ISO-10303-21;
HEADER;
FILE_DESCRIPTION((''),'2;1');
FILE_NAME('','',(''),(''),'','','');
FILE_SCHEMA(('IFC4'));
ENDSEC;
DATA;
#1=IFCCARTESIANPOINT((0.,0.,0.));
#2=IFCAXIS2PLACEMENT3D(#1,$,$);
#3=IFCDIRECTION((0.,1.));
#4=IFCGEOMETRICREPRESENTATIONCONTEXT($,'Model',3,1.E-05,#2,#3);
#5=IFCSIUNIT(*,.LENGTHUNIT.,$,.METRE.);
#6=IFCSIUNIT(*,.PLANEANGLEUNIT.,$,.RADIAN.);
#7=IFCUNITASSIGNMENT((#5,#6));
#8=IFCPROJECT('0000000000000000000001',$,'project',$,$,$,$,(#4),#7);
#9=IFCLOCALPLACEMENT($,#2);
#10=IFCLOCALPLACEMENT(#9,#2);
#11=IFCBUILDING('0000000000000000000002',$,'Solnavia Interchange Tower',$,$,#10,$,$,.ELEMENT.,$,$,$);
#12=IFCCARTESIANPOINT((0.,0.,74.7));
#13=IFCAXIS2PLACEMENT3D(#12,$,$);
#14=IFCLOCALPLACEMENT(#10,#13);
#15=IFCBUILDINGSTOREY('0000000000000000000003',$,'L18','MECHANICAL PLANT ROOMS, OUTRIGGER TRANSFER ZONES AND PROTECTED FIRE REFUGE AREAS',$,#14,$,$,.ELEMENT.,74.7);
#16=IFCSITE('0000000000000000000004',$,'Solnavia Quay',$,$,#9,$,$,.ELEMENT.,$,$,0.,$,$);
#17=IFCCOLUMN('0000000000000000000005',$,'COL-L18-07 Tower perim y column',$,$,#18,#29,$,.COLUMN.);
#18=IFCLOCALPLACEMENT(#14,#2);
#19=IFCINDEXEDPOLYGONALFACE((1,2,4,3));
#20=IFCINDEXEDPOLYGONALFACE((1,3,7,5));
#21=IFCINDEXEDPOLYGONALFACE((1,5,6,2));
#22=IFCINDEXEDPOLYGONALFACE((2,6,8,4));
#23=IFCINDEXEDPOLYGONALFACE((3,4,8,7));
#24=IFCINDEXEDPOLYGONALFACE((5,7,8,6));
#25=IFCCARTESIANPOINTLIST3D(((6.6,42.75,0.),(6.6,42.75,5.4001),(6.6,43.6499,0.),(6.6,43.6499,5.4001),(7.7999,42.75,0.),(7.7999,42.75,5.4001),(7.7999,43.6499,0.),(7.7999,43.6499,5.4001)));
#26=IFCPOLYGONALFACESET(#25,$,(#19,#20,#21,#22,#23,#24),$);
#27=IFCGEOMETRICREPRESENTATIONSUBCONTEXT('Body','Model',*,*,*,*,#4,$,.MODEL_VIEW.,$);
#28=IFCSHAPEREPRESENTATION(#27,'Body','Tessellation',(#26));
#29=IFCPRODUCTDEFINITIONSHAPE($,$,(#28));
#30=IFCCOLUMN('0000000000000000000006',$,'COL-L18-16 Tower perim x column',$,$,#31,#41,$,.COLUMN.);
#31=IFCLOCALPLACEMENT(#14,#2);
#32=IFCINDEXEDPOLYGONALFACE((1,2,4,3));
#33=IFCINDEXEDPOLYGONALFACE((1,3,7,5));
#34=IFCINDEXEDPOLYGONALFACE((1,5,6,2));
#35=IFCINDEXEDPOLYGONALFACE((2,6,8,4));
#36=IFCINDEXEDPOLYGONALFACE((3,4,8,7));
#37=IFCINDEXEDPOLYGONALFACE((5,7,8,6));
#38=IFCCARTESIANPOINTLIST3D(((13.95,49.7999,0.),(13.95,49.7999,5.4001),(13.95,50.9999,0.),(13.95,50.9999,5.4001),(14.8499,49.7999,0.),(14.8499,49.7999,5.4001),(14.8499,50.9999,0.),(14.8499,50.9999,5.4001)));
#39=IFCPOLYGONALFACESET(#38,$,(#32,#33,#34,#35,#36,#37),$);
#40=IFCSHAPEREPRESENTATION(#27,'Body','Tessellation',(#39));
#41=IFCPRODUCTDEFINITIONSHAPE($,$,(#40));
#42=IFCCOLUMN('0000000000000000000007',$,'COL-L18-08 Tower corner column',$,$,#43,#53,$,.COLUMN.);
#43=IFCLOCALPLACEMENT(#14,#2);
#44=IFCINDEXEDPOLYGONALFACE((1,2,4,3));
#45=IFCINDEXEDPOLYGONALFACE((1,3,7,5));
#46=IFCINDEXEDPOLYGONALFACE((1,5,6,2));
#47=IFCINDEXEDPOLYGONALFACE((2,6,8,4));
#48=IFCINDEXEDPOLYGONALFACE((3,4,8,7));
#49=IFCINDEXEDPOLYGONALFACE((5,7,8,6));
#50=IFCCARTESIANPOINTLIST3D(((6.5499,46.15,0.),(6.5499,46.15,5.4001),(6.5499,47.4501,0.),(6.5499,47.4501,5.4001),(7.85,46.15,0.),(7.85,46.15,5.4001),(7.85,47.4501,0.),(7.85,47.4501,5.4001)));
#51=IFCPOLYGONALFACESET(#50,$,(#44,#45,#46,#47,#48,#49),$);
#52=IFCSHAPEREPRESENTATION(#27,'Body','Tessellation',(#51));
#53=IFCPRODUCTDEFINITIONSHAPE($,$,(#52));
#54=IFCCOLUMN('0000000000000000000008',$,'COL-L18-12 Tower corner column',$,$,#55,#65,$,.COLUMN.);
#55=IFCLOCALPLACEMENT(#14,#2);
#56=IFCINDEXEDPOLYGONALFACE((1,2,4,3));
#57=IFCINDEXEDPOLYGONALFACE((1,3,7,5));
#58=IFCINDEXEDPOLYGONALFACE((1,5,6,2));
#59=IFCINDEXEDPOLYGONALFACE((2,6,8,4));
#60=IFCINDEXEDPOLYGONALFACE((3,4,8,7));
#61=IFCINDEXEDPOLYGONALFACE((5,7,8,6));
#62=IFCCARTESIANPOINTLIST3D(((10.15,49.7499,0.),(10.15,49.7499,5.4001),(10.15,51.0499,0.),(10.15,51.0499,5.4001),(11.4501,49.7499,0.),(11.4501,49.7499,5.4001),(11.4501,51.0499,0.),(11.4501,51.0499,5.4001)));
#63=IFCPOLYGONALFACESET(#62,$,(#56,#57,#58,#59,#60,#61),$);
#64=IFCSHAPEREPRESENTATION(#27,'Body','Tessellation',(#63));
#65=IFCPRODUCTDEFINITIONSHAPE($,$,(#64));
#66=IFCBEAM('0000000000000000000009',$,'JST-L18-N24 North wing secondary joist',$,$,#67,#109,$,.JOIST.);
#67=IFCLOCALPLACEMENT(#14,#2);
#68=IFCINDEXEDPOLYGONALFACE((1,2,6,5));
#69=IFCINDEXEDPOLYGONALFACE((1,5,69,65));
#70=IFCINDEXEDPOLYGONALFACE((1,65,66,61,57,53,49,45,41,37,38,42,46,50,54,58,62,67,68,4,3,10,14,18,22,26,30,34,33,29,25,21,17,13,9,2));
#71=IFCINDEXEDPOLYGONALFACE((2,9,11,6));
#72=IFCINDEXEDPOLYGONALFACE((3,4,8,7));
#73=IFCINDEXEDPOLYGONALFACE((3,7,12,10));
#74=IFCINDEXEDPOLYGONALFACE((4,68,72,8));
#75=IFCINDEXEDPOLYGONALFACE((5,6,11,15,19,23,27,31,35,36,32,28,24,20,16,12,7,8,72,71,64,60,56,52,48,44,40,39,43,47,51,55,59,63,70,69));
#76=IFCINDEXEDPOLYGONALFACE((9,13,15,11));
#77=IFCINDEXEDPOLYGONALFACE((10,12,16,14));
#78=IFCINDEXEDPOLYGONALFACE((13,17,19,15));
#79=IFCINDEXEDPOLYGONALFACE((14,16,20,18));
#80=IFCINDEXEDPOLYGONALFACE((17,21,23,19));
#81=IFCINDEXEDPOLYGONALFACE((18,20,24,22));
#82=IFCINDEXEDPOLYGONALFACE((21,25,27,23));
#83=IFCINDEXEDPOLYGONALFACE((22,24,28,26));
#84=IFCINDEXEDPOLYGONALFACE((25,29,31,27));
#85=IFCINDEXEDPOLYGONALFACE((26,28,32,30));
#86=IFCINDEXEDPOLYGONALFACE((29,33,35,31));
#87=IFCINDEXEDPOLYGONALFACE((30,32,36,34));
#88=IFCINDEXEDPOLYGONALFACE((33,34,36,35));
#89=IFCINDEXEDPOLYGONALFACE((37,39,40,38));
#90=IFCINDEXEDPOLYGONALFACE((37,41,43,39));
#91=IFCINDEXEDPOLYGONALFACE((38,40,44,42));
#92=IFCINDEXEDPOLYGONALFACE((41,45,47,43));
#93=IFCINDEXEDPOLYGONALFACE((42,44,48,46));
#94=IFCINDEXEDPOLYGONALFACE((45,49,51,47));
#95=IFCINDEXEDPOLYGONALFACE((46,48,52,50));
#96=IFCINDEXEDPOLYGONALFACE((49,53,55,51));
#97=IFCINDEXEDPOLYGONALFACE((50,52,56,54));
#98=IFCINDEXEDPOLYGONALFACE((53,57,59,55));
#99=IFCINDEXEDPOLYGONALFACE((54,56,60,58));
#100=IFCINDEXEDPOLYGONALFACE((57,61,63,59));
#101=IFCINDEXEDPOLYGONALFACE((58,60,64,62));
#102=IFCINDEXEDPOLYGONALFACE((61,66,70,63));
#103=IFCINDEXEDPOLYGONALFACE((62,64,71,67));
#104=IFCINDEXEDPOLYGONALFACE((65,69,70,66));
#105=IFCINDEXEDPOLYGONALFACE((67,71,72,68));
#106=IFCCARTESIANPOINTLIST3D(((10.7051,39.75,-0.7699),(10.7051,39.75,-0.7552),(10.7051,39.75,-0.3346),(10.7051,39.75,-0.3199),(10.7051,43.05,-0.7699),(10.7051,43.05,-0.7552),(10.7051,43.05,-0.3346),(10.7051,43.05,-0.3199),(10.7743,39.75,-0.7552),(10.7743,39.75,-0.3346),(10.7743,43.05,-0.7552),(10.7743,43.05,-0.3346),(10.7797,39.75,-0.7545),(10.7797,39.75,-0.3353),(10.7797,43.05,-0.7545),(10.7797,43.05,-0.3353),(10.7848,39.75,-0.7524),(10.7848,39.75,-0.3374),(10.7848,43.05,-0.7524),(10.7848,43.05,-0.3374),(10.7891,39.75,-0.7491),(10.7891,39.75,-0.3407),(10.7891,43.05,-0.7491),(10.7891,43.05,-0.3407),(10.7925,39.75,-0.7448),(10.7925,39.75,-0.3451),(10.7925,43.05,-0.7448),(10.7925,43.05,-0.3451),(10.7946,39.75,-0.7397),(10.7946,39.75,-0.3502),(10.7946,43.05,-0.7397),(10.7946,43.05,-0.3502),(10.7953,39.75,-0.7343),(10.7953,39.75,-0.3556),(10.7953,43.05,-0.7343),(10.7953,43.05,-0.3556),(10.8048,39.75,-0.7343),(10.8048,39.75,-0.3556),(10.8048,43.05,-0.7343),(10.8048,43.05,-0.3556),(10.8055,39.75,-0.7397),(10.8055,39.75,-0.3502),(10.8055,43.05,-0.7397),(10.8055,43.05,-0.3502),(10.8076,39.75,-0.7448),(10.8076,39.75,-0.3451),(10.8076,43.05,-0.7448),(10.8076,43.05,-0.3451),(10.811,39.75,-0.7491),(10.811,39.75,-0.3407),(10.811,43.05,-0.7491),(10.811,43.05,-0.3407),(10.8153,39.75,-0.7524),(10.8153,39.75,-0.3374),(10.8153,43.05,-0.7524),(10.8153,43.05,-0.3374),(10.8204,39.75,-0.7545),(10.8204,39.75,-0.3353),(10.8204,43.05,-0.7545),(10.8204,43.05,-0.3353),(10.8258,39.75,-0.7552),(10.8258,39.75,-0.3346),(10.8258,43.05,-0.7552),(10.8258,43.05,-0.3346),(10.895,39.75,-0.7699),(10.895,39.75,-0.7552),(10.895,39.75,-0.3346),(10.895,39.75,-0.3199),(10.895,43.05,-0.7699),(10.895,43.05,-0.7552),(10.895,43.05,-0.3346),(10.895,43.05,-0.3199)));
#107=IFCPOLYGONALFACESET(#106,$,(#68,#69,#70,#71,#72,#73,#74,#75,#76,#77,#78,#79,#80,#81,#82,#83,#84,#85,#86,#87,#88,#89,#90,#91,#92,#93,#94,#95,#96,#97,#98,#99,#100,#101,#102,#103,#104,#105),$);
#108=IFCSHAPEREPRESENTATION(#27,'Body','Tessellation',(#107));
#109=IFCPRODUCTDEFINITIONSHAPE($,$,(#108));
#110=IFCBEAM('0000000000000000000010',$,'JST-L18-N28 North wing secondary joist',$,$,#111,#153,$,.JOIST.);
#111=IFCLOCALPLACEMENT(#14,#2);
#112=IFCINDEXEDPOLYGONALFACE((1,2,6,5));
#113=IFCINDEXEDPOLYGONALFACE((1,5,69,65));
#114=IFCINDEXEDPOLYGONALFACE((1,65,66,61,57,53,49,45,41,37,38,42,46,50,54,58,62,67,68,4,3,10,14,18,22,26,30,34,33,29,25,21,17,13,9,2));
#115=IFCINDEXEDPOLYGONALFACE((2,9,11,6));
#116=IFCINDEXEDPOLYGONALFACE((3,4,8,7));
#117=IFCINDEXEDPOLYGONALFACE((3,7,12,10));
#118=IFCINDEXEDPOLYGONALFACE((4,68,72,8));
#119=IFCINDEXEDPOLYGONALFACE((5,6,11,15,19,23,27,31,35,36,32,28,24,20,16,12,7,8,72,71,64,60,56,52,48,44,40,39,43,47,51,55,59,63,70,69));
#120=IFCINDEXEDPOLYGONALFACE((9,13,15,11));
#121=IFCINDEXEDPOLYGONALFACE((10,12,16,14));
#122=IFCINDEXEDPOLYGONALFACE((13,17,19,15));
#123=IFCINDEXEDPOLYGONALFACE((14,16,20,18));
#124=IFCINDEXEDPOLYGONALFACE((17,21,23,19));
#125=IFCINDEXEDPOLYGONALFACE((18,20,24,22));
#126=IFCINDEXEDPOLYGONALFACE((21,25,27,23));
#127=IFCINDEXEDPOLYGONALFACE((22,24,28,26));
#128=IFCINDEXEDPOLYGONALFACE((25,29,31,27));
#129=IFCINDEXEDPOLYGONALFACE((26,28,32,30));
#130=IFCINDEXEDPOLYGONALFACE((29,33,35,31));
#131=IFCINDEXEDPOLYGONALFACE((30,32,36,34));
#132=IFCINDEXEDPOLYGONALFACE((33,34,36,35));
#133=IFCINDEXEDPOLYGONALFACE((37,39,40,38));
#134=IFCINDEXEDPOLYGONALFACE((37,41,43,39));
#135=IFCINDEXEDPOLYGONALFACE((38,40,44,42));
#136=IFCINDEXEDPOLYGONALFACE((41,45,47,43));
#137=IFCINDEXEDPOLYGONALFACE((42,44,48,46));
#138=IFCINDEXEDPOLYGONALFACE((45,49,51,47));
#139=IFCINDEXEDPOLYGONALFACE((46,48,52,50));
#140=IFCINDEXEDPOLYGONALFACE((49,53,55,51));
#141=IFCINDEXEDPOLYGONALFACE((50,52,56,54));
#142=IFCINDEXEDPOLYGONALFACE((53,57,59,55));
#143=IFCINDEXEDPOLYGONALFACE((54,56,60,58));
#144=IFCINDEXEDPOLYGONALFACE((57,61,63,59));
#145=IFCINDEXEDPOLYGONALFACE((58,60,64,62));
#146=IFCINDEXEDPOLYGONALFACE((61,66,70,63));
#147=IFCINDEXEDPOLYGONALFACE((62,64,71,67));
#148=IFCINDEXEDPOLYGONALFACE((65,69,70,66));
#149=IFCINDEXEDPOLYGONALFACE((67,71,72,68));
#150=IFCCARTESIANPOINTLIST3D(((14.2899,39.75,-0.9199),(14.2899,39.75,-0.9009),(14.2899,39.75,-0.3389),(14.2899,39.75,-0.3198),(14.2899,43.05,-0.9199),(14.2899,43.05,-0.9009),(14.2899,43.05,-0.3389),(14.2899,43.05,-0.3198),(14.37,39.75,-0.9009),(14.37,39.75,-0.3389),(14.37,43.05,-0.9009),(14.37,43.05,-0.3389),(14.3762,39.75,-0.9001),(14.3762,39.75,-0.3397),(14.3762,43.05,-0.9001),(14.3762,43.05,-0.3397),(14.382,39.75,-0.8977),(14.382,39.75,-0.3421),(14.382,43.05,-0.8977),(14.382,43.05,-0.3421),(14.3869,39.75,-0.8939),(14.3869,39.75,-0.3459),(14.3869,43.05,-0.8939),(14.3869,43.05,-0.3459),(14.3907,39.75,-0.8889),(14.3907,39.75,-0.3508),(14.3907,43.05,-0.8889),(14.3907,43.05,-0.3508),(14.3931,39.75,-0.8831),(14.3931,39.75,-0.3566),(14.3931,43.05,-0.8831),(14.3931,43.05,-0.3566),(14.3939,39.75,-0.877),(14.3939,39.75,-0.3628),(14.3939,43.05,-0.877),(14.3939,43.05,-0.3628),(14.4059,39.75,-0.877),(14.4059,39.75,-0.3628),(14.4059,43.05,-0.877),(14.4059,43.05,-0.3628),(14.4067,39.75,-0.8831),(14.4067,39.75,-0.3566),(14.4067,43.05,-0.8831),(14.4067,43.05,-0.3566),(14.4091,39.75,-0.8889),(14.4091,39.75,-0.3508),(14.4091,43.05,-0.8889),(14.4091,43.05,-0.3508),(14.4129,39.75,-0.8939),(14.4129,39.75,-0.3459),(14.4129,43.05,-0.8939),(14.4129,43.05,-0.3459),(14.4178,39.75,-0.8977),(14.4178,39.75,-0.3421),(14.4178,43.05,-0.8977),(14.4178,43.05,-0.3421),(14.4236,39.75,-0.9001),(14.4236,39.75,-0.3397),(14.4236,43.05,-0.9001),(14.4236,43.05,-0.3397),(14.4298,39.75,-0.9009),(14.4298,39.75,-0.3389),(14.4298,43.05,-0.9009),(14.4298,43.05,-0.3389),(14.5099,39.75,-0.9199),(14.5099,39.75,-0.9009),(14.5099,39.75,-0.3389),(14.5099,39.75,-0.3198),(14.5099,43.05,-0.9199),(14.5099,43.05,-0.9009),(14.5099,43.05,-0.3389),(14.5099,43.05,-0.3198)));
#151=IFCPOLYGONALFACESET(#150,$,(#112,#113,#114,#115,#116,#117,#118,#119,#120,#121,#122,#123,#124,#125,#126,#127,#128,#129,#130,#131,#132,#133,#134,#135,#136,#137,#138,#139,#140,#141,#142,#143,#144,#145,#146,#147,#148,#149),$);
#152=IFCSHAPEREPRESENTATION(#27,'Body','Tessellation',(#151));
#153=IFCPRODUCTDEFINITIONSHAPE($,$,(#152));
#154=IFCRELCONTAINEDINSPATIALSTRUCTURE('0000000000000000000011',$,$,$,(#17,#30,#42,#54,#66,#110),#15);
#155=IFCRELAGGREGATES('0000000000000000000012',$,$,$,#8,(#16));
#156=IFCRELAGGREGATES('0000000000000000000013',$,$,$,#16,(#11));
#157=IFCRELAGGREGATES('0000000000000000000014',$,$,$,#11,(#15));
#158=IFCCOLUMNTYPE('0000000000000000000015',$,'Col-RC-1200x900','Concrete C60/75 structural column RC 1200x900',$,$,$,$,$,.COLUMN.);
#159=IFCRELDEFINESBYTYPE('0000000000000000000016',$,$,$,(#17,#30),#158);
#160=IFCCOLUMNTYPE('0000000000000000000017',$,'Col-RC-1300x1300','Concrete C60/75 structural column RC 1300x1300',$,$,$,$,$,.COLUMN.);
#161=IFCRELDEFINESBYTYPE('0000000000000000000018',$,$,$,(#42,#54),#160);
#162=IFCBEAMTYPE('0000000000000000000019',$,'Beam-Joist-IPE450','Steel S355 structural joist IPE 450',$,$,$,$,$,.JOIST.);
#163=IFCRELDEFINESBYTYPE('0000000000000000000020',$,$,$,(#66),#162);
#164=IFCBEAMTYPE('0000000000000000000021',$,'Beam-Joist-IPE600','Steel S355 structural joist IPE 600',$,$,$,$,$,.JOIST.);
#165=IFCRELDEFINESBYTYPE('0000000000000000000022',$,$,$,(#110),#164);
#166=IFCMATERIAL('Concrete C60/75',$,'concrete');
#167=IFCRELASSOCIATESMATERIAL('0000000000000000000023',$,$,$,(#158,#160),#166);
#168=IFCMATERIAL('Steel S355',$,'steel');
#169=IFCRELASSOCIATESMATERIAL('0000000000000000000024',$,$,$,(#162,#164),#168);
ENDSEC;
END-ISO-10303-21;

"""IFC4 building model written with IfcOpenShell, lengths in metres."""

from ifc_helpers import new_model, si_unit, direction, frame, origin, origin_2d, place, context, subcontext, project, spatial, rectangle, i_section, extrude, material, material_profile, profile_set, type_object, element, save


model = new_model("IFC4")

# Units and contexts
model_context = context("Model", 3, precision=1e-05, world=origin(), true_north=direction((0.0, 1.0)))
body_context = subcontext(model_context, "Body", "Model", "MODEL_VIEW")
ifc_project = project(units=[si_unit("LENGTHUNIT", "METRE"), si_unit("PLANEANGLEUNIT", "RADIAN")], contexts=[model_context])

# Site, building, storey
site_placement = place(None, origin())
site = spatial("IfcSite", under=ifc_project, at=site_placement, Name="Solnavia Quay", CompositionType="ELEMENT", RefElevation=0.0)
building_placement = place(site_placement, origin())
building = spatial("IfcBuilding", under=site, at=building_placement, Name="Solnavia Interchange Tower", CompositionType="ELEMENT")
storey_placement = place(building_placement, frame((0.0, 0.0, 74.7)))
storey = spatial("IfcBuildingStorey", under=building, at=storey_placement, Name="L18", Description="MECHANICAL PLANT ROOMS, OUTRIGGER TRANSFER ZONES AND PROTECTED FIRE REFUGE AREAS", CompositionType="ELEMENT", Elevation=74.7)

# Columns
ifc_material_1 = material(Name="Concrete C60/75", Category="concrete")
ifc_material_profile_1 = material_profile(ifc_material_1, rectangle(XDim=0.8999, YDim=1.2, at=origin_2d()), Name="RC 1200x900")
ifc_profile_set_1 = profile_set([ifc_material_profile_1], Name="Concrete C60/75")
column_type_1 = type_object("IfcColumnType", Name="Col-RC-1200x900", Description="Concrete C60/75 structural column RC 1200x900", PredefinedType="COLUMN", material=ifc_profile_set_1)
for number, where, z_axis, x_axis, name in (
    (1, (7.2, 43.2, 0.0), (0.0, 0.0, 1.0), (0.0, 1.0, 0.0), "COL-L18-07 Tower perim y column"),
    (2, (14.3999, 50.3999, 0.0), (0.0, 0.0, 1.0), (1.0, 0.0, 0.0), "COL-L18-16 Tower perim x column"),
):
    element("IfcColumn", number, at=place(storey_placement, frame(where, z_axis=z_axis, x_axis=x_axis)), inside=storey, type_object=column_type_1, Name=name, PredefinedType="COLUMN", context=body_context, shape_type="SweptSolid", body=[
        extrude(rectangle(XDim=0.8999, YDim=1.2, at=origin_2d()), origin(), (0.0, 0.0, 1.0), 5.4001),
    ])
ifc_material_profile_2 = material_profile(ifc_material_1, rectangle(XDim=1.3, YDim=1.3, at=origin_2d()), Name="RC 1300x1300")
ifc_profile_set_2 = profile_set([ifc_material_profile_2], Name="Concrete C60/75")
column_type_2 = type_object("IfcColumnType", Name="Col-RC-1300x1300", Description="Concrete C60/75 structural column RC 1300x1300", PredefinedType="COLUMN", material=ifc_profile_set_2)
for number, where, z_axis, x_axis, name in (
    (3, (7.2, 46.8, 0.0), (0.0, 0.0, 1.0), (0.0, 1.0, 0.0), "COL-L18-08 Tower corner column"),
    (4, (10.8, 50.3999, 0.0), (0.0, 0.0, 1.0), (1.0, 0.0, 0.0), "COL-L18-12 Tower corner column"),
):
    element("IfcColumn", number, at=place(storey_placement, frame(where, z_axis=z_axis, x_axis=x_axis)), inside=storey, type_object=column_type_2, Name=name, PredefinedType="COLUMN", context=body_context, shape_type="SweptSolid", body=[
        extrude(rectangle(XDim=1.3, YDim=1.3, at=origin_2d()), origin(), (0.0, 0.0, 1.0), 5.4001),
    ])

# Beams
ifc_material_2 = material(Name="Steel S355", Category="steel")
ifc_material_profile_3 = material_profile(ifc_material_2, i_section(OverallWidth=0.1899, OverallDepth=0.45, WebThickness=0.0095, FlangeThickness=0.0146, FilletRadius=0.021, at=origin_2d()), Name="IPE 450")
ifc_profile_set_3 = profile_set([ifc_material_profile_3], Name="Steel S355")
beam_type_1 = type_object("IfcBeamType", Name="Beam-Joist-IPE450", Description="Steel S355 structural joist IPE 450", PredefinedType="JOIST", material=ifc_profile_set_3)
beam_1_placement = place(storey_placement, frame((10.8, 39.75, -0.5449), z_axis=(0.0, 1.0, 0.0), x_axis=(-1.0, 0.0, 0.0)))
element("IfcBeam", 5, at=beam_1_placement, inside=storey, type_object=beam_type_1, Name="JST-L18-N24 North wing secondary joist", PredefinedType="JOIST", context=body_context, shape_type="SweptSolid", body=[
    extrude(i_section(OverallWidth=0.1899, OverallDepth=0.45, WebThickness=0.0095, FlangeThickness=0.0146, FilletRadius=0.021, at=origin_2d()), origin(), (0.0, 0.0, 1.0), 3.3),
])
ifc_material_profile_4 = material_profile(ifc_material_2, i_section(OverallWidth=0.22, OverallDepth=0.6001, WebThickness=0.012, FlangeThickness=0.019, FilletRadius=0.0239, at=origin_2d()), Name="IPE 600")
ifc_profile_set_4 = profile_set([ifc_material_profile_4], Name="Steel S355")
beam_type_2 = type_object("IfcBeamType", Name="Beam-Joist-IPE600", Description="Steel S355 structural joist IPE 600", PredefinedType="JOIST", material=ifc_profile_set_4)
beam_2_placement = place(storey_placement, frame((14.3999, 39.75, -0.6199), z_axis=(0.0, 1.0, 0.0), x_axis=(-1.0, 0.0, 0.0)))
element("IfcBeam", 6, at=beam_2_placement, inside=storey, type_object=beam_type_2, Name="JST-L18-N28 North wing secondary joist", PredefinedType="JOIST", context=body_context, shape_type="SweptSolid", body=[
    extrude(i_section(OverallWidth=0.22, OverallDepth=0.6001, WebThickness=0.012, FlangeThickness=0.019, FilletRadius=0.0239, at=origin_2d()), origin(), (0.0, 0.0, 1.0), 3.3),
])

save(model, "model.ifc")
